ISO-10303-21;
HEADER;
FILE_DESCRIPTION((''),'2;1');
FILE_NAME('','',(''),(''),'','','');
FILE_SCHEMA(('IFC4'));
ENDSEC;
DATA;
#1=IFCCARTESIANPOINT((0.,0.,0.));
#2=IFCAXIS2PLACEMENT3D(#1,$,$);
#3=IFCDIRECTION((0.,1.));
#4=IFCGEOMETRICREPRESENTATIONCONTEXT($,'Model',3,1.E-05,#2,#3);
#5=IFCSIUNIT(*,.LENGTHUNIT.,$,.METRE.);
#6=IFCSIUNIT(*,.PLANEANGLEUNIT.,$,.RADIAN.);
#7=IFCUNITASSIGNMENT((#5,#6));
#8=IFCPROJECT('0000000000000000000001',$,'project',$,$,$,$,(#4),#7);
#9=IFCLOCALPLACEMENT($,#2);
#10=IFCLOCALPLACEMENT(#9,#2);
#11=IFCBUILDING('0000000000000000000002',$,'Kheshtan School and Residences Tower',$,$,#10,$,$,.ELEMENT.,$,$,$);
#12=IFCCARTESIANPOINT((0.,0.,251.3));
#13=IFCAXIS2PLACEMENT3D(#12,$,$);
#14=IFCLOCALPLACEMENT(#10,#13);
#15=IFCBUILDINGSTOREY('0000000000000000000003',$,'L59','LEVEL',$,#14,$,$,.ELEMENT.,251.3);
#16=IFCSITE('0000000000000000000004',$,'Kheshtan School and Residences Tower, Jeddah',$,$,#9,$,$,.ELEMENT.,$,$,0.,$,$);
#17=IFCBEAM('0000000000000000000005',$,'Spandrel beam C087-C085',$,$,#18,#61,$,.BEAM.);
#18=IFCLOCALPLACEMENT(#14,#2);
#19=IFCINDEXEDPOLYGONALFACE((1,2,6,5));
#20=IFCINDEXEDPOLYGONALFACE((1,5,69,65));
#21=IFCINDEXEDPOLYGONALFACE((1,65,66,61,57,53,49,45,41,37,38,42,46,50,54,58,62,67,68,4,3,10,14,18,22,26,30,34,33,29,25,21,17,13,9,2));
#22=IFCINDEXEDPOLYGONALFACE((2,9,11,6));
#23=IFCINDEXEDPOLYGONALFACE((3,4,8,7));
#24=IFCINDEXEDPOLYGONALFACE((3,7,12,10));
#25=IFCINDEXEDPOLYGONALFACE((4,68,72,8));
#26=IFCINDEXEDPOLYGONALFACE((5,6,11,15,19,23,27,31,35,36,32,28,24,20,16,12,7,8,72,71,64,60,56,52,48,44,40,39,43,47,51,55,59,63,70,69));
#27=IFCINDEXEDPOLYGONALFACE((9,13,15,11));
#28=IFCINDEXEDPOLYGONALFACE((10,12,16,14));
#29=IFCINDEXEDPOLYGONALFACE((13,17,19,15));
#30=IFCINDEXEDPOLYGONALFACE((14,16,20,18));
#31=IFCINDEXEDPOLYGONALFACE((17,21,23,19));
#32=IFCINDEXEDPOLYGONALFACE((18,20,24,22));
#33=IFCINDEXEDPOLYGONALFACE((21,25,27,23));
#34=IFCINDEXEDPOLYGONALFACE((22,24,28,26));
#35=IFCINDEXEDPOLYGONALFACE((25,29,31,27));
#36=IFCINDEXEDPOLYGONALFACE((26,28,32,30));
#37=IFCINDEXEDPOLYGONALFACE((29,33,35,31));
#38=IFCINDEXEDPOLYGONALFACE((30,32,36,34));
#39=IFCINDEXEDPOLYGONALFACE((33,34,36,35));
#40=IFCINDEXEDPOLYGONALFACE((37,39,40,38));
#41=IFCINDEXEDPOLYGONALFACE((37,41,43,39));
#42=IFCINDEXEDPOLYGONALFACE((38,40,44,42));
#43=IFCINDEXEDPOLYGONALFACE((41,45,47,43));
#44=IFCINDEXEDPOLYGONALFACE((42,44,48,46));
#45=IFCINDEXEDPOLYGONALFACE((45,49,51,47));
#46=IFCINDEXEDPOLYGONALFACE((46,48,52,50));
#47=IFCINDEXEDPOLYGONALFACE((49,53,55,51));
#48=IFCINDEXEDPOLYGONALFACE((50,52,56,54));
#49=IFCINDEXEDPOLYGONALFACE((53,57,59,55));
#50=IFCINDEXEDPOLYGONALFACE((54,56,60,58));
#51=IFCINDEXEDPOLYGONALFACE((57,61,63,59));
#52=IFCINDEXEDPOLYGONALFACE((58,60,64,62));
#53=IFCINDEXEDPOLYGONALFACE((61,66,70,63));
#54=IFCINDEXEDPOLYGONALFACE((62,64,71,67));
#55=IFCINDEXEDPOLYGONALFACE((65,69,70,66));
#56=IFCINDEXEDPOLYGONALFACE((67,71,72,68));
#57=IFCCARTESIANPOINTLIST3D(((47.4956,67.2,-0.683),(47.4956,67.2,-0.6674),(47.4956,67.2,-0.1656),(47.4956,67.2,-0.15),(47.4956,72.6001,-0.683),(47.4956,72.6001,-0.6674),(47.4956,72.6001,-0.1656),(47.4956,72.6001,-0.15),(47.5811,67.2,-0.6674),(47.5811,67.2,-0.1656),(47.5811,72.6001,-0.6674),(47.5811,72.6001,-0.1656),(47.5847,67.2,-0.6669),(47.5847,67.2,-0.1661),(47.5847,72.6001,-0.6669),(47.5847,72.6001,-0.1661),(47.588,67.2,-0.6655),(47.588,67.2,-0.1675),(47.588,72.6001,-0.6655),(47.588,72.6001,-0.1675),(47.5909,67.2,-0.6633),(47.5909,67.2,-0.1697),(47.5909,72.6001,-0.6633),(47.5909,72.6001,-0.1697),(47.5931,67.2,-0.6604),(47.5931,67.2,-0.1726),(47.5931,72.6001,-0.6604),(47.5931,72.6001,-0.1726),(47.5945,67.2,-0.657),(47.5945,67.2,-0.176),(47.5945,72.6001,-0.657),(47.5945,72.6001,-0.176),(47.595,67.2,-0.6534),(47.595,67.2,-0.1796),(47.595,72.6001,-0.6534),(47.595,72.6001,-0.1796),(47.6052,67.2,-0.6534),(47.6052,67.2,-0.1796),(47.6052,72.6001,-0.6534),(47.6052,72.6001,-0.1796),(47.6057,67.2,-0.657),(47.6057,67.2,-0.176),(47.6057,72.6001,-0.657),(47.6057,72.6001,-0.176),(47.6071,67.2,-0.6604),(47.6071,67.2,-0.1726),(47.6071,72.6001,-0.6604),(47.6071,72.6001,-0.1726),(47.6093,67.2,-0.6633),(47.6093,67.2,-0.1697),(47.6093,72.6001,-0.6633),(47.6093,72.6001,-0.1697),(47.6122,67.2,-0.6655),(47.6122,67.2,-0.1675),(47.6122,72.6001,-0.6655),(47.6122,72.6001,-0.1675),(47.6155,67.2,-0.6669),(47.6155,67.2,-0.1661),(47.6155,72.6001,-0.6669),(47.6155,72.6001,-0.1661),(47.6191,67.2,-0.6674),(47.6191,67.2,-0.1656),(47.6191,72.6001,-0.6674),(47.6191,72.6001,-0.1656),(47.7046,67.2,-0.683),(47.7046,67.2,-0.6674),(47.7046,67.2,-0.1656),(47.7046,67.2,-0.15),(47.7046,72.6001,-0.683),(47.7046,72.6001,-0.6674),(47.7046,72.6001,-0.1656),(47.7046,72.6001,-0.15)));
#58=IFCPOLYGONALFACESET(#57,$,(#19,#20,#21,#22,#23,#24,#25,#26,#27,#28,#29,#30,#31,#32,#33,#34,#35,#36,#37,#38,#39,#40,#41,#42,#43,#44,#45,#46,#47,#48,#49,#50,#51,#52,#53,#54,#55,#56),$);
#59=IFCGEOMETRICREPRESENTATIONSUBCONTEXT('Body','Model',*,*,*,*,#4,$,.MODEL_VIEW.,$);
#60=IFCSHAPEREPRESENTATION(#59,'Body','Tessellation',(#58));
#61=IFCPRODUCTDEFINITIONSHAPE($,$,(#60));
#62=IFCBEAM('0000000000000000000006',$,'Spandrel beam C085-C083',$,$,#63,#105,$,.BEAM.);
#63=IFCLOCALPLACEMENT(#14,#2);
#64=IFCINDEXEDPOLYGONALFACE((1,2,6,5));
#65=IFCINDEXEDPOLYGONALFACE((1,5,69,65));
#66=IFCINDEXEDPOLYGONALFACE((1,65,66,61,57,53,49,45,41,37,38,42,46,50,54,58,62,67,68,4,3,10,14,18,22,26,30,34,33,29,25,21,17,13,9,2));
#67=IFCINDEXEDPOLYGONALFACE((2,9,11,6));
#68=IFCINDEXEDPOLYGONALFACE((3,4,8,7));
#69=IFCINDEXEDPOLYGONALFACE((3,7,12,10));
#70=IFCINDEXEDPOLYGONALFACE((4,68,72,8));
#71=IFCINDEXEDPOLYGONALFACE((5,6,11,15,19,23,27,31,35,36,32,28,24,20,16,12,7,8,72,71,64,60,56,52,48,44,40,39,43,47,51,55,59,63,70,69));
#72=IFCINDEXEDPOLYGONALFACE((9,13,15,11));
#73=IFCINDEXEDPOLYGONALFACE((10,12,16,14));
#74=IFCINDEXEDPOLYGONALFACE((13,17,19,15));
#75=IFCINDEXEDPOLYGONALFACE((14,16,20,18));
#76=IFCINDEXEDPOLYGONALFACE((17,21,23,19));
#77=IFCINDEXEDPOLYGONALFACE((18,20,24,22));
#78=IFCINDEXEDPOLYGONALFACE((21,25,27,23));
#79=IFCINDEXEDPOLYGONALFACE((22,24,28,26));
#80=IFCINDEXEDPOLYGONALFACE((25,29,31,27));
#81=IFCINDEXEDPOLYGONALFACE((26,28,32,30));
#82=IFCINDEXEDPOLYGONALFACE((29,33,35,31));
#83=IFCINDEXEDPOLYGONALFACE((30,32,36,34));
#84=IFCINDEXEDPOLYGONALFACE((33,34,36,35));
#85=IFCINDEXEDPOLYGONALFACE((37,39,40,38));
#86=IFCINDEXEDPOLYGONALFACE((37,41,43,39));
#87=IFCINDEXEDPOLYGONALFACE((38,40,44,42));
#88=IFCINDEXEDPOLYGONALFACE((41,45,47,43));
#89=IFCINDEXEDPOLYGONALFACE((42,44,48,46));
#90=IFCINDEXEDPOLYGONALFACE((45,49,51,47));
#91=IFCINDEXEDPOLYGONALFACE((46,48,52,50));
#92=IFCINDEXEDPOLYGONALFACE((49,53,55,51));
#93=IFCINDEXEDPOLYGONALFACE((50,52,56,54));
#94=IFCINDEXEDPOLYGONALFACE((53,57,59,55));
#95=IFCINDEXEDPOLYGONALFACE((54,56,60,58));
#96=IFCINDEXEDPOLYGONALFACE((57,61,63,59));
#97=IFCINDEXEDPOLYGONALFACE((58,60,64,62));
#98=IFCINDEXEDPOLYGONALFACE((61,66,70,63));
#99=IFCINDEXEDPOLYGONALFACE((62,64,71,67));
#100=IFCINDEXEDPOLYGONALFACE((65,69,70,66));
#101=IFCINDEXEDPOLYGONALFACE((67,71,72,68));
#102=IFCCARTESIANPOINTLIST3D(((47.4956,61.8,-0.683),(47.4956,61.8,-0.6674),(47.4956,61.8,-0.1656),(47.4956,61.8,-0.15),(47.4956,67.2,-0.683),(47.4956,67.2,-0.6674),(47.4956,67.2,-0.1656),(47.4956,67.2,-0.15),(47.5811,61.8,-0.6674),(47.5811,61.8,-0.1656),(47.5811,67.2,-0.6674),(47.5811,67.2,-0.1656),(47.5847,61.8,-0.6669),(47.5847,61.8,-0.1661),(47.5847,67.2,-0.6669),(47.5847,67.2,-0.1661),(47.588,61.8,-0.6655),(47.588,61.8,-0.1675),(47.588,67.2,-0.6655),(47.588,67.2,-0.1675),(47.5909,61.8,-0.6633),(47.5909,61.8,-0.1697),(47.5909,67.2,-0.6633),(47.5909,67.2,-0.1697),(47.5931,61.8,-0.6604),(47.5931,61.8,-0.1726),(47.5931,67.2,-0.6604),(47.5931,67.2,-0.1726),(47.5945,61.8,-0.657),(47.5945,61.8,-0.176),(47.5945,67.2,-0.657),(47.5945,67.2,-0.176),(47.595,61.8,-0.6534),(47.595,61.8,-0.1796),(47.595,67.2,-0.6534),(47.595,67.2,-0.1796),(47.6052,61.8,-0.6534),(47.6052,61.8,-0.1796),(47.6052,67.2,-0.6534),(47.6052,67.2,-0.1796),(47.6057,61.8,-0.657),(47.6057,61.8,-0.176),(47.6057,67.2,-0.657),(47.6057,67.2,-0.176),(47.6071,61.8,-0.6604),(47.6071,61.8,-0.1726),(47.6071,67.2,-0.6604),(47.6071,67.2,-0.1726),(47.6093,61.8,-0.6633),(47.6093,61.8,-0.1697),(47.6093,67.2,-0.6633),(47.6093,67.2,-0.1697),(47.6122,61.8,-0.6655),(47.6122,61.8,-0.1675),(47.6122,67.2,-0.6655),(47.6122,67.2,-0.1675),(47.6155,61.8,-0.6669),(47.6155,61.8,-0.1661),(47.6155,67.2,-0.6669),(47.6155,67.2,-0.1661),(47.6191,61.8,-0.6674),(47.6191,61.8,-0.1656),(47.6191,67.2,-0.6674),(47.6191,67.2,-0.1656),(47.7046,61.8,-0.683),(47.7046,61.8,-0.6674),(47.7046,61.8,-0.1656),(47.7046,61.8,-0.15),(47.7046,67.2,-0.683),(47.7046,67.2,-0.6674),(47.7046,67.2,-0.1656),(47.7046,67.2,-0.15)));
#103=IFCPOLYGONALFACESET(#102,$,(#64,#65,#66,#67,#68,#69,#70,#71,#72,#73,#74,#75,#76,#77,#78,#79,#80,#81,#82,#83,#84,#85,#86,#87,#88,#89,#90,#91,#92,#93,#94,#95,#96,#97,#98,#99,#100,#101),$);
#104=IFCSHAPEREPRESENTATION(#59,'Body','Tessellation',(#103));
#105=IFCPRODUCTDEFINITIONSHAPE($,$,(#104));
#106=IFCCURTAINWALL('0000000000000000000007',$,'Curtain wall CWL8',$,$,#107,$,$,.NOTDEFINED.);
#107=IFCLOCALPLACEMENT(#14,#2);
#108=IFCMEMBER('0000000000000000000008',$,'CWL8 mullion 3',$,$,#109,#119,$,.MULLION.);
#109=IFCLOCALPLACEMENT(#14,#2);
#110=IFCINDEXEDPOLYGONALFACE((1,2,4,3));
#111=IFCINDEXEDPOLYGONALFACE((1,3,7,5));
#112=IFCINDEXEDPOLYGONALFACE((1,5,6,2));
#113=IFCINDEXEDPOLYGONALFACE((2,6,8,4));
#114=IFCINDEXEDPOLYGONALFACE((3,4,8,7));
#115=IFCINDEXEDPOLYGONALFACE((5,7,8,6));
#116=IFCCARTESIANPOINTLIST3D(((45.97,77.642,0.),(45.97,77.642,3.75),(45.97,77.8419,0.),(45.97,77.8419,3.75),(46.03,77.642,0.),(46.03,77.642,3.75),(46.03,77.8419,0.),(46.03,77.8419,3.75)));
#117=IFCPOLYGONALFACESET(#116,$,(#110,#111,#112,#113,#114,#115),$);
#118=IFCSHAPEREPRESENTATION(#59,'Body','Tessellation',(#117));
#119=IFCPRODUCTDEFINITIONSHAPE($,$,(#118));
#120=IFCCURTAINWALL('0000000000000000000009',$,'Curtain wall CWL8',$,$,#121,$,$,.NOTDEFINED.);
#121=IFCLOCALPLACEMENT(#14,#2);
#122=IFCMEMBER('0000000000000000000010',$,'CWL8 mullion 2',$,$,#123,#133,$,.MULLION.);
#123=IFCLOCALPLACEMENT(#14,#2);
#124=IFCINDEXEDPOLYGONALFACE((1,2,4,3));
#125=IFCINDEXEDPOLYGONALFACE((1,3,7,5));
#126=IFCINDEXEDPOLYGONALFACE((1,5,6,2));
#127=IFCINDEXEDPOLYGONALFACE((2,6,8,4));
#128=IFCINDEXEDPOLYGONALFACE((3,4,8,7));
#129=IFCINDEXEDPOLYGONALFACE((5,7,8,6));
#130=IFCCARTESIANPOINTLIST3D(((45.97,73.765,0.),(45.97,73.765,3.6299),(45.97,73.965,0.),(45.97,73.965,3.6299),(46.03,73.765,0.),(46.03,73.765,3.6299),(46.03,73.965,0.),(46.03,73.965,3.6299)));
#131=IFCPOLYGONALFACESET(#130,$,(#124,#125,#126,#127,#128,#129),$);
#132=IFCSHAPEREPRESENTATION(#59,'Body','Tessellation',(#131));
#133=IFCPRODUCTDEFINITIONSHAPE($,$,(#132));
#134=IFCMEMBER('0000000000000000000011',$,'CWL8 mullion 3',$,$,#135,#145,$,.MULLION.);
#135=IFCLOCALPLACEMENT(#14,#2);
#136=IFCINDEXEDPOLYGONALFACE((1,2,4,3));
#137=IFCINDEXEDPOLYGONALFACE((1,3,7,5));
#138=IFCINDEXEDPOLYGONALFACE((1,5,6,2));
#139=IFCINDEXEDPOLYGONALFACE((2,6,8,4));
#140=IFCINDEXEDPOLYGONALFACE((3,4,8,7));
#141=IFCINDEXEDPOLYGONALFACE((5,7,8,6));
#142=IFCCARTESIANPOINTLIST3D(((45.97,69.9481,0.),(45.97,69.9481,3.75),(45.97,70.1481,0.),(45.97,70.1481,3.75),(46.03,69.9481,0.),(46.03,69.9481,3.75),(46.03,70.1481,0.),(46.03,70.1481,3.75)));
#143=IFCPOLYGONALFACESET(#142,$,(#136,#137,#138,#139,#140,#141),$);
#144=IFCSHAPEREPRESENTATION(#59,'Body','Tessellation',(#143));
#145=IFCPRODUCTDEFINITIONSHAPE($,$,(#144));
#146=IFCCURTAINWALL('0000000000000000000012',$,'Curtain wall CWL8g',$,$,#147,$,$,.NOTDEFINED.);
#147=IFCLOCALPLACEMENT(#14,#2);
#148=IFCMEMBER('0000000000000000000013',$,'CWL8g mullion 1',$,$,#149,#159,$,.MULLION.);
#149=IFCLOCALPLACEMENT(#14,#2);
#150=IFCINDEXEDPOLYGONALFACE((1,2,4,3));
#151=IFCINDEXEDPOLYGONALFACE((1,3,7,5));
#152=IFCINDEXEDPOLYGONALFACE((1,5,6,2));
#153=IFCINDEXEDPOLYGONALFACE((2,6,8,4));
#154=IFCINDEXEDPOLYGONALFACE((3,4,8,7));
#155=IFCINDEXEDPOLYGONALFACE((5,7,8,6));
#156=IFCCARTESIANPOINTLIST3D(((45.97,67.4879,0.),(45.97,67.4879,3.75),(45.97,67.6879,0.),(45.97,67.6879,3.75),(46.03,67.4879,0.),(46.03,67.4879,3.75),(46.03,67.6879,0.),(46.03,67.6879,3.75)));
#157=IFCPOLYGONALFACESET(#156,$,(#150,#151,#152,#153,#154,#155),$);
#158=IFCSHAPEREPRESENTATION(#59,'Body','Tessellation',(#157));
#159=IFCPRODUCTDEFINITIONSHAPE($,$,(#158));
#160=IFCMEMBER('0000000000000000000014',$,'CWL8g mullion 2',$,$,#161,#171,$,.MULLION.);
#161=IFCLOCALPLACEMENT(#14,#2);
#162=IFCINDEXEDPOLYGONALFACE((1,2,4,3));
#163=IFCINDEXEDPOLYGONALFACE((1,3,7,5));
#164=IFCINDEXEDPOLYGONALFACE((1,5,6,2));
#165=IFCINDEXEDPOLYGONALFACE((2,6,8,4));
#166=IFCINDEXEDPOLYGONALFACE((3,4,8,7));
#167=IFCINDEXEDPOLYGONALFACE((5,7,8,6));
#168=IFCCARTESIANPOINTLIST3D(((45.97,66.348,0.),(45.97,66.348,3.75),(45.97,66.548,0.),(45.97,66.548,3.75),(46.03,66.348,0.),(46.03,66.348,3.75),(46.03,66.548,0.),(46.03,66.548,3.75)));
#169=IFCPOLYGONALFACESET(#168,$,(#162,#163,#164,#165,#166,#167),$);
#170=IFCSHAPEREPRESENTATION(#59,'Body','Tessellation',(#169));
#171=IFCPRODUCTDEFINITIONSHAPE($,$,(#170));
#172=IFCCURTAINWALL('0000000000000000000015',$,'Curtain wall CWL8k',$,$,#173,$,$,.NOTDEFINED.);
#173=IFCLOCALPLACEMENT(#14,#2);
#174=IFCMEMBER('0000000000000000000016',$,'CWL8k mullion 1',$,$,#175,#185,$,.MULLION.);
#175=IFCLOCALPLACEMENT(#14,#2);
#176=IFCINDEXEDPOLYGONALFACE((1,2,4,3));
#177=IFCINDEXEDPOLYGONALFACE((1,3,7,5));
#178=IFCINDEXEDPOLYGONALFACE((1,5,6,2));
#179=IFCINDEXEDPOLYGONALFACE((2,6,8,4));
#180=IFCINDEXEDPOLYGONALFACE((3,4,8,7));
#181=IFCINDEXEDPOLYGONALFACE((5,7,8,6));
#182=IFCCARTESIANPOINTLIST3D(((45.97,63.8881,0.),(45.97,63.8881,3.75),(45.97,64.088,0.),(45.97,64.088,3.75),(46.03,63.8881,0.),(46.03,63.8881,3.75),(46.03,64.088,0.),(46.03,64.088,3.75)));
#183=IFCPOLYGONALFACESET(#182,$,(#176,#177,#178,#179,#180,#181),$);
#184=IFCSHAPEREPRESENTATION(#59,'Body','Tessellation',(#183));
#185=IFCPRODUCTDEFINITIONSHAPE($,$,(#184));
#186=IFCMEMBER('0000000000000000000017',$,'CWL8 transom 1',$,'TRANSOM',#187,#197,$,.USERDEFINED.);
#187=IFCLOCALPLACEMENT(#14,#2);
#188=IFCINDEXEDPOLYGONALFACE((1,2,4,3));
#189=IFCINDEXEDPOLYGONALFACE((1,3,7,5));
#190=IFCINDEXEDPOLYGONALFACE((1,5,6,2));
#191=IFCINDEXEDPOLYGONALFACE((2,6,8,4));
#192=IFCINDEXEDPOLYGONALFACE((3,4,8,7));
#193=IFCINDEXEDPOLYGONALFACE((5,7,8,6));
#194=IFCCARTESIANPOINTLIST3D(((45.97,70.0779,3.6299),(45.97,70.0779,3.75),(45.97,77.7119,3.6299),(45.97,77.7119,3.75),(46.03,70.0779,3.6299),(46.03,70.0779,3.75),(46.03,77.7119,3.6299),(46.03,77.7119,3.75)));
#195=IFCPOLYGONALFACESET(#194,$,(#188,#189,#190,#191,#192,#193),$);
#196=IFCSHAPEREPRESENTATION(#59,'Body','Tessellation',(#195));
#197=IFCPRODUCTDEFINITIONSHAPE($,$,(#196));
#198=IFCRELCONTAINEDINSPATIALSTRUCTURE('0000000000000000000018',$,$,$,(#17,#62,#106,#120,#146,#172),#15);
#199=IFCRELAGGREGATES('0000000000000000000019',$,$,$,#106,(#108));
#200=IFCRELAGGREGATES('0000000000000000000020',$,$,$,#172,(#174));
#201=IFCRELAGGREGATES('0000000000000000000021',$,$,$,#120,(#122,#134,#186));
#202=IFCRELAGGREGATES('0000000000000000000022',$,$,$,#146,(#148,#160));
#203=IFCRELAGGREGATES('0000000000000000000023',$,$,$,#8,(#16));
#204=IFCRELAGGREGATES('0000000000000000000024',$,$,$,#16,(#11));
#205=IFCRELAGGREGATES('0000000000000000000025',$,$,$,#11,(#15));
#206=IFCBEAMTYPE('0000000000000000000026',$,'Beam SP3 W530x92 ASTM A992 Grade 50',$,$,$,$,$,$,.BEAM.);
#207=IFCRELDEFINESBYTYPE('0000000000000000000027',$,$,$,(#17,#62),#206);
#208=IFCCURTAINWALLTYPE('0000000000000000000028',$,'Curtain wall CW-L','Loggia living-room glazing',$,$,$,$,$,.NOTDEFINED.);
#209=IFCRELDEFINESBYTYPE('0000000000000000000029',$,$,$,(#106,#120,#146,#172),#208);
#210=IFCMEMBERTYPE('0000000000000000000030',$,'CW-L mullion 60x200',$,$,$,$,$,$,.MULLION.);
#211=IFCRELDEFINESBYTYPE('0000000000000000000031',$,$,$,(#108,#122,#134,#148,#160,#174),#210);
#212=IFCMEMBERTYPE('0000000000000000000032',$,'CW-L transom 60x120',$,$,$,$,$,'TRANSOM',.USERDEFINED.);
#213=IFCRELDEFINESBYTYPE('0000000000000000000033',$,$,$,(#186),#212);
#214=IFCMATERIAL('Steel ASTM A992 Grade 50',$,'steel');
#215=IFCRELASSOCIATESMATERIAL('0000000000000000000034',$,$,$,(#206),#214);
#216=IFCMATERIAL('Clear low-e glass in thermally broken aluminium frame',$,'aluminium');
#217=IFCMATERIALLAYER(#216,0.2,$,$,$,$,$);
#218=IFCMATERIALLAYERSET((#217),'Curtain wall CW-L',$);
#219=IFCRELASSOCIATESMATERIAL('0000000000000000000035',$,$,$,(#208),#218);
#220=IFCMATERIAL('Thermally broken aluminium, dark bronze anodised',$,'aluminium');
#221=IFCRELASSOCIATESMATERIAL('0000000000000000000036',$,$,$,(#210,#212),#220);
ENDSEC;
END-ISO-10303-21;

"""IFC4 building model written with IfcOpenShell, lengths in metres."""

from ifc_helpers import new_model, si_unit, direction, frame, origin, origin_2d, place, context, subcontext, project, spatial, rectangle, i_section, extrude, material, layer, layer_set, material_profile, profile_set, type_object, element, aggregate, save


model = new_model("IFC4")

# Units and contexts
model_context = context("Model", 3, precision=1e-05, world=origin(), true_north=direction((0.0, 1.0)))
body_context = subcontext(model_context, "Body", "Model", "MODEL_VIEW")
ifc_project = project(units=[si_unit("LENGTHUNIT", "METRE"), si_unit("PLANEANGLEUNIT", "RADIAN")], contexts=[model_context])

# Site, building, storey
site_placement = place(None, origin())
site = spatial("IfcSite", under=ifc_project, at=site_placement, Name="Kheshtan School and Residences Tower, Jeddah", CompositionType="ELEMENT", RefElevation=0.0)
building_placement = place(site_placement, origin())
building = spatial("IfcBuilding", under=site, at=building_placement, Name="Kheshtan School and Residences Tower", CompositionType="ELEMENT")
storey_placement = place(building_placement, frame((0.0, 0.0, 251.3)))
storey = spatial("IfcBuildingStorey", under=building, at=storey_placement, Name="L59", Description="LEVEL", CompositionType="ELEMENT", Elevation=251.3)

# Shared definitions
ifc_material_1 = material(Name="Steel ASTM A992 Grade 50", Category="steel")

# Beams
ifc_material_profile_1 = material_profile(ifc_material_1, i_section(OverallWidth=0.209, OverallDepth=0.533, WebThickness=0.0103, FlangeThickness=0.0156, FilletRadius=0.0139, at=origin_2d()), Name="W530x92")
ifc_profile_set_1 = profile_set([ifc_material_profile_1], Name="Steel ASTM A992 Grade 50")
beam_type_1 = type_object("IfcBeamType", Name="Beam SP3 W530x92 ASTM A992 Grade 50", PredefinedType="BEAM", material=ifc_profile_set_1)
beam_1_placement = place(storey_placement, frame((47.6001, 72.6001, -0.4165), z_axis=(0.0, -1.0, 0.0), x_axis=(1.0, 0.0, 0.0)))
element("IfcBeam", 1, at=beam_1_placement, inside=storey, type_object=beam_type_1, Name="Spandrel beam C087-C085", PredefinedType="BEAM", context=body_context, shape_type="SweptSolid", body=[
    extrude(i_section(OverallWidth=0.209, OverallDepth=0.533, WebThickness=0.0103, FlangeThickness=0.0156, FilletRadius=0.0139, at=origin_2d()), origin(), (0.0, 0.0, 1.0), 5.4001),
])
beam_2_placement = place(storey_placement, frame((47.6001, 67.2, -0.4165), z_axis=(0.0, -1.0, 0.0), x_axis=(1.0, 0.0, 0.0)))
element("IfcBeam", 2, at=beam_2_placement, inside=storey, type_object=beam_type_1, Name="Spandrel beam C085-C083", PredefinedType="BEAM", context=body_context, shape_type="SweptSolid", body=[
    extrude(i_section(OverallWidth=0.209, OverallDepth=0.533, WebThickness=0.0103, FlangeThickness=0.0156, FilletRadius=0.0139, at=origin_2d()), origin(), (0.0, 0.0, 1.0), 5.3999),
])

# Curtain wall, member
ifc_material_2 = material(Name="Clear low-e glass in thermally broken aluminium frame", Category="aluminium")
ifc_layer_1 = layer(ifc_material_2, 0.2)
ifc_layer_set_1 = layer_set([ifc_layer_1], Name="Curtain wall CW-L")
curtain_wall_type = type_object("IfcCurtainWallType", Name="Curtain wall CW-L", Description="Loggia living-room glazing", PredefinedType="NOTDEFINED", material=ifc_layer_set_1)
curtain_wall_1_placement = place(storey_placement, origin())
curtain_wall_1 = element("IfcCurtainWall", 3, at=curtain_wall_1_placement, inside=storey, type_object=curtain_wall_type, Name="Curtain wall CWL8", PredefinedType="NOTDEFINED")
ifc_material_3 = material(Name="Thermally broken aluminium, dark bronze anodised", Category="aluminium")
ifc_material_profile_2 = material_profile(ifc_material_3, rectangle(XDim=0.0601, YDim=0.2, at=origin_2d()), Name="CW-L mullion 60x200")
ifc_profile_set_2 = profile_set([ifc_material_profile_2], Name="Thermally broken aluminium, dark bronze anodised")
member_type_1 = type_object("IfcMemberType", Name="CW-L mullion 60x200", PredefinedType="MULLION", material=ifc_profile_set_2)
member_1_placement = place(storey_placement, frame((46.0, 77.7419, 0.0), z_axis=(0.0, 0.0, 1.0), x_axis=(1.0, 0.0, 0.0)))
member_1 = element("IfcMember", 4, at=member_1_placement, type_object=member_type_1, Name="CWL8 mullion 3", PredefinedType="MULLION", context=body_context, shape_type="SweptSolid", body=[
    extrude(rectangle(XDim=0.0601, YDim=0.2, at=origin_2d()), origin(), (0.0, 0.0, 1.0), 3.75),
])
aggregate(curtain_wall_1, [member_1])

# Curtain walls, members
curtain_wall_2_placement = place(storey_placement, origin())
curtain_wall_2 = element("IfcCurtainWall", 5, at=curtain_wall_2_placement, inside=storey, type_object=curtain_wall_type, Name="Curtain wall CWL8", PredefinedType="NOTDEFINED")
member_2_placement = place(storey_placement, frame((46.0, 73.865, 0.0), z_axis=(0.0, 0.0, 1.0), x_axis=(1.0, 0.0, 0.0)))
member_2 = element("IfcMember", 6, at=member_2_placement, type_object=member_type_1, Name="CWL8 mullion 2", PredefinedType="MULLION", context=body_context, shape_type="SweptSolid", body=[
    extrude(rectangle(XDim=0.0601, YDim=0.2, at=origin_2d()), origin(), (0.0, 0.0, 1.0), 3.6299),
])
member_3_placement = place(storey_placement, frame((46.0, 70.0481, 0.0), z_axis=(0.0, 0.0, 1.0), x_axis=(1.0, 0.0, 0.0)))
member_3 = element("IfcMember", 7, at=member_3_placement, type_object=member_type_1, Name="CWL8 mullion 3", PredefinedType="MULLION", context=body_context, shape_type="SweptSolid", body=[
    extrude(rectangle(XDim=0.0601, YDim=0.2, at=origin_2d()), origin(), (0.0, 0.0, 1.0), 3.75),
])
curtain_wall_3_placement = place(storey_placement, origin())
curtain_wall_3 = element("IfcCurtainWall", 8, at=curtain_wall_3_placement, inside=storey, type_object=curtain_wall_type, Name="Curtain wall CWL8g", PredefinedType="NOTDEFINED")
member_4_placement = place(storey_placement, frame((46.0, 67.5879, 0.0), z_axis=(0.0, 0.0, 1.0), x_axis=(1.0, 0.0, 0.0)))
member_4 = element("IfcMember", 9, at=member_4_placement, type_object=member_type_1, Name="CWL8g mullion 1", PredefinedType="MULLION", context=body_context, shape_type="SweptSolid", body=[
    extrude(rectangle(XDim=0.0601, YDim=0.2, at=origin_2d()), origin(), (0.0, 0.0, 1.0), 3.75),
])
member_5_placement = place(storey_placement, frame((46.0, 66.448, 0.0), z_axis=(0.0, 0.0, 1.0), x_axis=(1.0, 0.0, 0.0)))
member_5 = element("IfcMember", 10, at=member_5_placement, type_object=member_type_1, Name="CWL8g mullion 2", PredefinedType="MULLION", context=body_context, shape_type="SweptSolid", body=[
    extrude(rectangle(XDim=0.0601, YDim=0.2, at=origin_2d()), origin(), (0.0, 0.0, 1.0), 3.75),
])

# Curtain wall, member
curtain_wall_4_placement = place(storey_placement, origin())
curtain_wall_4 = element("IfcCurtainWall", 11, at=curtain_wall_4_placement, inside=storey, type_object=curtain_wall_type, Name="Curtain wall CWL8k", PredefinedType="NOTDEFINED")
member_6_placement = place(storey_placement, frame((46.0, 63.988, 0.0), z_axis=(0.0, 0.0, 1.0), x_axis=(1.0, 0.0, 0.0)))
member_6 = element("IfcMember", 12, at=member_6_placement, type_object=member_type_1, Name="CWL8k mullion 1", PredefinedType="MULLION", context=body_context, shape_type="SweptSolid", body=[
    extrude(rectangle(XDim=0.0601, YDim=0.2, at=origin_2d()), origin(), (0.0, 0.0, 1.0), 3.75),
])
aggregate(curtain_wall_4, [member_6])

# Member
ifc_material_profile_3 = material_profile(ifc_material_3, rectangle(XDim=0.0601, YDim=0.1201, at=origin_2d()), Name="CW-L transom 60x120")
ifc_profile_set_3 = profile_set([ifc_material_profile_3], Name="Thermally broken aluminium, dark bronze anodised")
member_type_2 = type_object("IfcMemberType", Name="CW-L transom 60x120", ElementType="TRANSOM", PredefinedType="USERDEFINED", material=ifc_profile_set_3)
member_7_placement = place(storey_placement, frame((46.0, 77.7119, 3.6899), z_axis=(0.0, -1.0, 0.0), x_axis=(1.0, 0.0, 0.0)))
member_7 = element("IfcMember", 13, at=member_7_placement, type_object=member_type_2, Name="CWL8 transom 1", ObjectType="TRANSOM", PredefinedType="USERDEFINED", context=body_context, shape_type="SweptSolid", body=[
    extrude(rectangle(XDim=0.0601, YDim=0.1201, at=origin_2d()), origin(), (0.0, 0.0, 1.0), 7.634),
])

aggregate(curtain_wall_2, [member_2, member_3, member_7])
aggregate(curtain_wall_3, [member_4, member_5])

save(model, "model.ifc")
